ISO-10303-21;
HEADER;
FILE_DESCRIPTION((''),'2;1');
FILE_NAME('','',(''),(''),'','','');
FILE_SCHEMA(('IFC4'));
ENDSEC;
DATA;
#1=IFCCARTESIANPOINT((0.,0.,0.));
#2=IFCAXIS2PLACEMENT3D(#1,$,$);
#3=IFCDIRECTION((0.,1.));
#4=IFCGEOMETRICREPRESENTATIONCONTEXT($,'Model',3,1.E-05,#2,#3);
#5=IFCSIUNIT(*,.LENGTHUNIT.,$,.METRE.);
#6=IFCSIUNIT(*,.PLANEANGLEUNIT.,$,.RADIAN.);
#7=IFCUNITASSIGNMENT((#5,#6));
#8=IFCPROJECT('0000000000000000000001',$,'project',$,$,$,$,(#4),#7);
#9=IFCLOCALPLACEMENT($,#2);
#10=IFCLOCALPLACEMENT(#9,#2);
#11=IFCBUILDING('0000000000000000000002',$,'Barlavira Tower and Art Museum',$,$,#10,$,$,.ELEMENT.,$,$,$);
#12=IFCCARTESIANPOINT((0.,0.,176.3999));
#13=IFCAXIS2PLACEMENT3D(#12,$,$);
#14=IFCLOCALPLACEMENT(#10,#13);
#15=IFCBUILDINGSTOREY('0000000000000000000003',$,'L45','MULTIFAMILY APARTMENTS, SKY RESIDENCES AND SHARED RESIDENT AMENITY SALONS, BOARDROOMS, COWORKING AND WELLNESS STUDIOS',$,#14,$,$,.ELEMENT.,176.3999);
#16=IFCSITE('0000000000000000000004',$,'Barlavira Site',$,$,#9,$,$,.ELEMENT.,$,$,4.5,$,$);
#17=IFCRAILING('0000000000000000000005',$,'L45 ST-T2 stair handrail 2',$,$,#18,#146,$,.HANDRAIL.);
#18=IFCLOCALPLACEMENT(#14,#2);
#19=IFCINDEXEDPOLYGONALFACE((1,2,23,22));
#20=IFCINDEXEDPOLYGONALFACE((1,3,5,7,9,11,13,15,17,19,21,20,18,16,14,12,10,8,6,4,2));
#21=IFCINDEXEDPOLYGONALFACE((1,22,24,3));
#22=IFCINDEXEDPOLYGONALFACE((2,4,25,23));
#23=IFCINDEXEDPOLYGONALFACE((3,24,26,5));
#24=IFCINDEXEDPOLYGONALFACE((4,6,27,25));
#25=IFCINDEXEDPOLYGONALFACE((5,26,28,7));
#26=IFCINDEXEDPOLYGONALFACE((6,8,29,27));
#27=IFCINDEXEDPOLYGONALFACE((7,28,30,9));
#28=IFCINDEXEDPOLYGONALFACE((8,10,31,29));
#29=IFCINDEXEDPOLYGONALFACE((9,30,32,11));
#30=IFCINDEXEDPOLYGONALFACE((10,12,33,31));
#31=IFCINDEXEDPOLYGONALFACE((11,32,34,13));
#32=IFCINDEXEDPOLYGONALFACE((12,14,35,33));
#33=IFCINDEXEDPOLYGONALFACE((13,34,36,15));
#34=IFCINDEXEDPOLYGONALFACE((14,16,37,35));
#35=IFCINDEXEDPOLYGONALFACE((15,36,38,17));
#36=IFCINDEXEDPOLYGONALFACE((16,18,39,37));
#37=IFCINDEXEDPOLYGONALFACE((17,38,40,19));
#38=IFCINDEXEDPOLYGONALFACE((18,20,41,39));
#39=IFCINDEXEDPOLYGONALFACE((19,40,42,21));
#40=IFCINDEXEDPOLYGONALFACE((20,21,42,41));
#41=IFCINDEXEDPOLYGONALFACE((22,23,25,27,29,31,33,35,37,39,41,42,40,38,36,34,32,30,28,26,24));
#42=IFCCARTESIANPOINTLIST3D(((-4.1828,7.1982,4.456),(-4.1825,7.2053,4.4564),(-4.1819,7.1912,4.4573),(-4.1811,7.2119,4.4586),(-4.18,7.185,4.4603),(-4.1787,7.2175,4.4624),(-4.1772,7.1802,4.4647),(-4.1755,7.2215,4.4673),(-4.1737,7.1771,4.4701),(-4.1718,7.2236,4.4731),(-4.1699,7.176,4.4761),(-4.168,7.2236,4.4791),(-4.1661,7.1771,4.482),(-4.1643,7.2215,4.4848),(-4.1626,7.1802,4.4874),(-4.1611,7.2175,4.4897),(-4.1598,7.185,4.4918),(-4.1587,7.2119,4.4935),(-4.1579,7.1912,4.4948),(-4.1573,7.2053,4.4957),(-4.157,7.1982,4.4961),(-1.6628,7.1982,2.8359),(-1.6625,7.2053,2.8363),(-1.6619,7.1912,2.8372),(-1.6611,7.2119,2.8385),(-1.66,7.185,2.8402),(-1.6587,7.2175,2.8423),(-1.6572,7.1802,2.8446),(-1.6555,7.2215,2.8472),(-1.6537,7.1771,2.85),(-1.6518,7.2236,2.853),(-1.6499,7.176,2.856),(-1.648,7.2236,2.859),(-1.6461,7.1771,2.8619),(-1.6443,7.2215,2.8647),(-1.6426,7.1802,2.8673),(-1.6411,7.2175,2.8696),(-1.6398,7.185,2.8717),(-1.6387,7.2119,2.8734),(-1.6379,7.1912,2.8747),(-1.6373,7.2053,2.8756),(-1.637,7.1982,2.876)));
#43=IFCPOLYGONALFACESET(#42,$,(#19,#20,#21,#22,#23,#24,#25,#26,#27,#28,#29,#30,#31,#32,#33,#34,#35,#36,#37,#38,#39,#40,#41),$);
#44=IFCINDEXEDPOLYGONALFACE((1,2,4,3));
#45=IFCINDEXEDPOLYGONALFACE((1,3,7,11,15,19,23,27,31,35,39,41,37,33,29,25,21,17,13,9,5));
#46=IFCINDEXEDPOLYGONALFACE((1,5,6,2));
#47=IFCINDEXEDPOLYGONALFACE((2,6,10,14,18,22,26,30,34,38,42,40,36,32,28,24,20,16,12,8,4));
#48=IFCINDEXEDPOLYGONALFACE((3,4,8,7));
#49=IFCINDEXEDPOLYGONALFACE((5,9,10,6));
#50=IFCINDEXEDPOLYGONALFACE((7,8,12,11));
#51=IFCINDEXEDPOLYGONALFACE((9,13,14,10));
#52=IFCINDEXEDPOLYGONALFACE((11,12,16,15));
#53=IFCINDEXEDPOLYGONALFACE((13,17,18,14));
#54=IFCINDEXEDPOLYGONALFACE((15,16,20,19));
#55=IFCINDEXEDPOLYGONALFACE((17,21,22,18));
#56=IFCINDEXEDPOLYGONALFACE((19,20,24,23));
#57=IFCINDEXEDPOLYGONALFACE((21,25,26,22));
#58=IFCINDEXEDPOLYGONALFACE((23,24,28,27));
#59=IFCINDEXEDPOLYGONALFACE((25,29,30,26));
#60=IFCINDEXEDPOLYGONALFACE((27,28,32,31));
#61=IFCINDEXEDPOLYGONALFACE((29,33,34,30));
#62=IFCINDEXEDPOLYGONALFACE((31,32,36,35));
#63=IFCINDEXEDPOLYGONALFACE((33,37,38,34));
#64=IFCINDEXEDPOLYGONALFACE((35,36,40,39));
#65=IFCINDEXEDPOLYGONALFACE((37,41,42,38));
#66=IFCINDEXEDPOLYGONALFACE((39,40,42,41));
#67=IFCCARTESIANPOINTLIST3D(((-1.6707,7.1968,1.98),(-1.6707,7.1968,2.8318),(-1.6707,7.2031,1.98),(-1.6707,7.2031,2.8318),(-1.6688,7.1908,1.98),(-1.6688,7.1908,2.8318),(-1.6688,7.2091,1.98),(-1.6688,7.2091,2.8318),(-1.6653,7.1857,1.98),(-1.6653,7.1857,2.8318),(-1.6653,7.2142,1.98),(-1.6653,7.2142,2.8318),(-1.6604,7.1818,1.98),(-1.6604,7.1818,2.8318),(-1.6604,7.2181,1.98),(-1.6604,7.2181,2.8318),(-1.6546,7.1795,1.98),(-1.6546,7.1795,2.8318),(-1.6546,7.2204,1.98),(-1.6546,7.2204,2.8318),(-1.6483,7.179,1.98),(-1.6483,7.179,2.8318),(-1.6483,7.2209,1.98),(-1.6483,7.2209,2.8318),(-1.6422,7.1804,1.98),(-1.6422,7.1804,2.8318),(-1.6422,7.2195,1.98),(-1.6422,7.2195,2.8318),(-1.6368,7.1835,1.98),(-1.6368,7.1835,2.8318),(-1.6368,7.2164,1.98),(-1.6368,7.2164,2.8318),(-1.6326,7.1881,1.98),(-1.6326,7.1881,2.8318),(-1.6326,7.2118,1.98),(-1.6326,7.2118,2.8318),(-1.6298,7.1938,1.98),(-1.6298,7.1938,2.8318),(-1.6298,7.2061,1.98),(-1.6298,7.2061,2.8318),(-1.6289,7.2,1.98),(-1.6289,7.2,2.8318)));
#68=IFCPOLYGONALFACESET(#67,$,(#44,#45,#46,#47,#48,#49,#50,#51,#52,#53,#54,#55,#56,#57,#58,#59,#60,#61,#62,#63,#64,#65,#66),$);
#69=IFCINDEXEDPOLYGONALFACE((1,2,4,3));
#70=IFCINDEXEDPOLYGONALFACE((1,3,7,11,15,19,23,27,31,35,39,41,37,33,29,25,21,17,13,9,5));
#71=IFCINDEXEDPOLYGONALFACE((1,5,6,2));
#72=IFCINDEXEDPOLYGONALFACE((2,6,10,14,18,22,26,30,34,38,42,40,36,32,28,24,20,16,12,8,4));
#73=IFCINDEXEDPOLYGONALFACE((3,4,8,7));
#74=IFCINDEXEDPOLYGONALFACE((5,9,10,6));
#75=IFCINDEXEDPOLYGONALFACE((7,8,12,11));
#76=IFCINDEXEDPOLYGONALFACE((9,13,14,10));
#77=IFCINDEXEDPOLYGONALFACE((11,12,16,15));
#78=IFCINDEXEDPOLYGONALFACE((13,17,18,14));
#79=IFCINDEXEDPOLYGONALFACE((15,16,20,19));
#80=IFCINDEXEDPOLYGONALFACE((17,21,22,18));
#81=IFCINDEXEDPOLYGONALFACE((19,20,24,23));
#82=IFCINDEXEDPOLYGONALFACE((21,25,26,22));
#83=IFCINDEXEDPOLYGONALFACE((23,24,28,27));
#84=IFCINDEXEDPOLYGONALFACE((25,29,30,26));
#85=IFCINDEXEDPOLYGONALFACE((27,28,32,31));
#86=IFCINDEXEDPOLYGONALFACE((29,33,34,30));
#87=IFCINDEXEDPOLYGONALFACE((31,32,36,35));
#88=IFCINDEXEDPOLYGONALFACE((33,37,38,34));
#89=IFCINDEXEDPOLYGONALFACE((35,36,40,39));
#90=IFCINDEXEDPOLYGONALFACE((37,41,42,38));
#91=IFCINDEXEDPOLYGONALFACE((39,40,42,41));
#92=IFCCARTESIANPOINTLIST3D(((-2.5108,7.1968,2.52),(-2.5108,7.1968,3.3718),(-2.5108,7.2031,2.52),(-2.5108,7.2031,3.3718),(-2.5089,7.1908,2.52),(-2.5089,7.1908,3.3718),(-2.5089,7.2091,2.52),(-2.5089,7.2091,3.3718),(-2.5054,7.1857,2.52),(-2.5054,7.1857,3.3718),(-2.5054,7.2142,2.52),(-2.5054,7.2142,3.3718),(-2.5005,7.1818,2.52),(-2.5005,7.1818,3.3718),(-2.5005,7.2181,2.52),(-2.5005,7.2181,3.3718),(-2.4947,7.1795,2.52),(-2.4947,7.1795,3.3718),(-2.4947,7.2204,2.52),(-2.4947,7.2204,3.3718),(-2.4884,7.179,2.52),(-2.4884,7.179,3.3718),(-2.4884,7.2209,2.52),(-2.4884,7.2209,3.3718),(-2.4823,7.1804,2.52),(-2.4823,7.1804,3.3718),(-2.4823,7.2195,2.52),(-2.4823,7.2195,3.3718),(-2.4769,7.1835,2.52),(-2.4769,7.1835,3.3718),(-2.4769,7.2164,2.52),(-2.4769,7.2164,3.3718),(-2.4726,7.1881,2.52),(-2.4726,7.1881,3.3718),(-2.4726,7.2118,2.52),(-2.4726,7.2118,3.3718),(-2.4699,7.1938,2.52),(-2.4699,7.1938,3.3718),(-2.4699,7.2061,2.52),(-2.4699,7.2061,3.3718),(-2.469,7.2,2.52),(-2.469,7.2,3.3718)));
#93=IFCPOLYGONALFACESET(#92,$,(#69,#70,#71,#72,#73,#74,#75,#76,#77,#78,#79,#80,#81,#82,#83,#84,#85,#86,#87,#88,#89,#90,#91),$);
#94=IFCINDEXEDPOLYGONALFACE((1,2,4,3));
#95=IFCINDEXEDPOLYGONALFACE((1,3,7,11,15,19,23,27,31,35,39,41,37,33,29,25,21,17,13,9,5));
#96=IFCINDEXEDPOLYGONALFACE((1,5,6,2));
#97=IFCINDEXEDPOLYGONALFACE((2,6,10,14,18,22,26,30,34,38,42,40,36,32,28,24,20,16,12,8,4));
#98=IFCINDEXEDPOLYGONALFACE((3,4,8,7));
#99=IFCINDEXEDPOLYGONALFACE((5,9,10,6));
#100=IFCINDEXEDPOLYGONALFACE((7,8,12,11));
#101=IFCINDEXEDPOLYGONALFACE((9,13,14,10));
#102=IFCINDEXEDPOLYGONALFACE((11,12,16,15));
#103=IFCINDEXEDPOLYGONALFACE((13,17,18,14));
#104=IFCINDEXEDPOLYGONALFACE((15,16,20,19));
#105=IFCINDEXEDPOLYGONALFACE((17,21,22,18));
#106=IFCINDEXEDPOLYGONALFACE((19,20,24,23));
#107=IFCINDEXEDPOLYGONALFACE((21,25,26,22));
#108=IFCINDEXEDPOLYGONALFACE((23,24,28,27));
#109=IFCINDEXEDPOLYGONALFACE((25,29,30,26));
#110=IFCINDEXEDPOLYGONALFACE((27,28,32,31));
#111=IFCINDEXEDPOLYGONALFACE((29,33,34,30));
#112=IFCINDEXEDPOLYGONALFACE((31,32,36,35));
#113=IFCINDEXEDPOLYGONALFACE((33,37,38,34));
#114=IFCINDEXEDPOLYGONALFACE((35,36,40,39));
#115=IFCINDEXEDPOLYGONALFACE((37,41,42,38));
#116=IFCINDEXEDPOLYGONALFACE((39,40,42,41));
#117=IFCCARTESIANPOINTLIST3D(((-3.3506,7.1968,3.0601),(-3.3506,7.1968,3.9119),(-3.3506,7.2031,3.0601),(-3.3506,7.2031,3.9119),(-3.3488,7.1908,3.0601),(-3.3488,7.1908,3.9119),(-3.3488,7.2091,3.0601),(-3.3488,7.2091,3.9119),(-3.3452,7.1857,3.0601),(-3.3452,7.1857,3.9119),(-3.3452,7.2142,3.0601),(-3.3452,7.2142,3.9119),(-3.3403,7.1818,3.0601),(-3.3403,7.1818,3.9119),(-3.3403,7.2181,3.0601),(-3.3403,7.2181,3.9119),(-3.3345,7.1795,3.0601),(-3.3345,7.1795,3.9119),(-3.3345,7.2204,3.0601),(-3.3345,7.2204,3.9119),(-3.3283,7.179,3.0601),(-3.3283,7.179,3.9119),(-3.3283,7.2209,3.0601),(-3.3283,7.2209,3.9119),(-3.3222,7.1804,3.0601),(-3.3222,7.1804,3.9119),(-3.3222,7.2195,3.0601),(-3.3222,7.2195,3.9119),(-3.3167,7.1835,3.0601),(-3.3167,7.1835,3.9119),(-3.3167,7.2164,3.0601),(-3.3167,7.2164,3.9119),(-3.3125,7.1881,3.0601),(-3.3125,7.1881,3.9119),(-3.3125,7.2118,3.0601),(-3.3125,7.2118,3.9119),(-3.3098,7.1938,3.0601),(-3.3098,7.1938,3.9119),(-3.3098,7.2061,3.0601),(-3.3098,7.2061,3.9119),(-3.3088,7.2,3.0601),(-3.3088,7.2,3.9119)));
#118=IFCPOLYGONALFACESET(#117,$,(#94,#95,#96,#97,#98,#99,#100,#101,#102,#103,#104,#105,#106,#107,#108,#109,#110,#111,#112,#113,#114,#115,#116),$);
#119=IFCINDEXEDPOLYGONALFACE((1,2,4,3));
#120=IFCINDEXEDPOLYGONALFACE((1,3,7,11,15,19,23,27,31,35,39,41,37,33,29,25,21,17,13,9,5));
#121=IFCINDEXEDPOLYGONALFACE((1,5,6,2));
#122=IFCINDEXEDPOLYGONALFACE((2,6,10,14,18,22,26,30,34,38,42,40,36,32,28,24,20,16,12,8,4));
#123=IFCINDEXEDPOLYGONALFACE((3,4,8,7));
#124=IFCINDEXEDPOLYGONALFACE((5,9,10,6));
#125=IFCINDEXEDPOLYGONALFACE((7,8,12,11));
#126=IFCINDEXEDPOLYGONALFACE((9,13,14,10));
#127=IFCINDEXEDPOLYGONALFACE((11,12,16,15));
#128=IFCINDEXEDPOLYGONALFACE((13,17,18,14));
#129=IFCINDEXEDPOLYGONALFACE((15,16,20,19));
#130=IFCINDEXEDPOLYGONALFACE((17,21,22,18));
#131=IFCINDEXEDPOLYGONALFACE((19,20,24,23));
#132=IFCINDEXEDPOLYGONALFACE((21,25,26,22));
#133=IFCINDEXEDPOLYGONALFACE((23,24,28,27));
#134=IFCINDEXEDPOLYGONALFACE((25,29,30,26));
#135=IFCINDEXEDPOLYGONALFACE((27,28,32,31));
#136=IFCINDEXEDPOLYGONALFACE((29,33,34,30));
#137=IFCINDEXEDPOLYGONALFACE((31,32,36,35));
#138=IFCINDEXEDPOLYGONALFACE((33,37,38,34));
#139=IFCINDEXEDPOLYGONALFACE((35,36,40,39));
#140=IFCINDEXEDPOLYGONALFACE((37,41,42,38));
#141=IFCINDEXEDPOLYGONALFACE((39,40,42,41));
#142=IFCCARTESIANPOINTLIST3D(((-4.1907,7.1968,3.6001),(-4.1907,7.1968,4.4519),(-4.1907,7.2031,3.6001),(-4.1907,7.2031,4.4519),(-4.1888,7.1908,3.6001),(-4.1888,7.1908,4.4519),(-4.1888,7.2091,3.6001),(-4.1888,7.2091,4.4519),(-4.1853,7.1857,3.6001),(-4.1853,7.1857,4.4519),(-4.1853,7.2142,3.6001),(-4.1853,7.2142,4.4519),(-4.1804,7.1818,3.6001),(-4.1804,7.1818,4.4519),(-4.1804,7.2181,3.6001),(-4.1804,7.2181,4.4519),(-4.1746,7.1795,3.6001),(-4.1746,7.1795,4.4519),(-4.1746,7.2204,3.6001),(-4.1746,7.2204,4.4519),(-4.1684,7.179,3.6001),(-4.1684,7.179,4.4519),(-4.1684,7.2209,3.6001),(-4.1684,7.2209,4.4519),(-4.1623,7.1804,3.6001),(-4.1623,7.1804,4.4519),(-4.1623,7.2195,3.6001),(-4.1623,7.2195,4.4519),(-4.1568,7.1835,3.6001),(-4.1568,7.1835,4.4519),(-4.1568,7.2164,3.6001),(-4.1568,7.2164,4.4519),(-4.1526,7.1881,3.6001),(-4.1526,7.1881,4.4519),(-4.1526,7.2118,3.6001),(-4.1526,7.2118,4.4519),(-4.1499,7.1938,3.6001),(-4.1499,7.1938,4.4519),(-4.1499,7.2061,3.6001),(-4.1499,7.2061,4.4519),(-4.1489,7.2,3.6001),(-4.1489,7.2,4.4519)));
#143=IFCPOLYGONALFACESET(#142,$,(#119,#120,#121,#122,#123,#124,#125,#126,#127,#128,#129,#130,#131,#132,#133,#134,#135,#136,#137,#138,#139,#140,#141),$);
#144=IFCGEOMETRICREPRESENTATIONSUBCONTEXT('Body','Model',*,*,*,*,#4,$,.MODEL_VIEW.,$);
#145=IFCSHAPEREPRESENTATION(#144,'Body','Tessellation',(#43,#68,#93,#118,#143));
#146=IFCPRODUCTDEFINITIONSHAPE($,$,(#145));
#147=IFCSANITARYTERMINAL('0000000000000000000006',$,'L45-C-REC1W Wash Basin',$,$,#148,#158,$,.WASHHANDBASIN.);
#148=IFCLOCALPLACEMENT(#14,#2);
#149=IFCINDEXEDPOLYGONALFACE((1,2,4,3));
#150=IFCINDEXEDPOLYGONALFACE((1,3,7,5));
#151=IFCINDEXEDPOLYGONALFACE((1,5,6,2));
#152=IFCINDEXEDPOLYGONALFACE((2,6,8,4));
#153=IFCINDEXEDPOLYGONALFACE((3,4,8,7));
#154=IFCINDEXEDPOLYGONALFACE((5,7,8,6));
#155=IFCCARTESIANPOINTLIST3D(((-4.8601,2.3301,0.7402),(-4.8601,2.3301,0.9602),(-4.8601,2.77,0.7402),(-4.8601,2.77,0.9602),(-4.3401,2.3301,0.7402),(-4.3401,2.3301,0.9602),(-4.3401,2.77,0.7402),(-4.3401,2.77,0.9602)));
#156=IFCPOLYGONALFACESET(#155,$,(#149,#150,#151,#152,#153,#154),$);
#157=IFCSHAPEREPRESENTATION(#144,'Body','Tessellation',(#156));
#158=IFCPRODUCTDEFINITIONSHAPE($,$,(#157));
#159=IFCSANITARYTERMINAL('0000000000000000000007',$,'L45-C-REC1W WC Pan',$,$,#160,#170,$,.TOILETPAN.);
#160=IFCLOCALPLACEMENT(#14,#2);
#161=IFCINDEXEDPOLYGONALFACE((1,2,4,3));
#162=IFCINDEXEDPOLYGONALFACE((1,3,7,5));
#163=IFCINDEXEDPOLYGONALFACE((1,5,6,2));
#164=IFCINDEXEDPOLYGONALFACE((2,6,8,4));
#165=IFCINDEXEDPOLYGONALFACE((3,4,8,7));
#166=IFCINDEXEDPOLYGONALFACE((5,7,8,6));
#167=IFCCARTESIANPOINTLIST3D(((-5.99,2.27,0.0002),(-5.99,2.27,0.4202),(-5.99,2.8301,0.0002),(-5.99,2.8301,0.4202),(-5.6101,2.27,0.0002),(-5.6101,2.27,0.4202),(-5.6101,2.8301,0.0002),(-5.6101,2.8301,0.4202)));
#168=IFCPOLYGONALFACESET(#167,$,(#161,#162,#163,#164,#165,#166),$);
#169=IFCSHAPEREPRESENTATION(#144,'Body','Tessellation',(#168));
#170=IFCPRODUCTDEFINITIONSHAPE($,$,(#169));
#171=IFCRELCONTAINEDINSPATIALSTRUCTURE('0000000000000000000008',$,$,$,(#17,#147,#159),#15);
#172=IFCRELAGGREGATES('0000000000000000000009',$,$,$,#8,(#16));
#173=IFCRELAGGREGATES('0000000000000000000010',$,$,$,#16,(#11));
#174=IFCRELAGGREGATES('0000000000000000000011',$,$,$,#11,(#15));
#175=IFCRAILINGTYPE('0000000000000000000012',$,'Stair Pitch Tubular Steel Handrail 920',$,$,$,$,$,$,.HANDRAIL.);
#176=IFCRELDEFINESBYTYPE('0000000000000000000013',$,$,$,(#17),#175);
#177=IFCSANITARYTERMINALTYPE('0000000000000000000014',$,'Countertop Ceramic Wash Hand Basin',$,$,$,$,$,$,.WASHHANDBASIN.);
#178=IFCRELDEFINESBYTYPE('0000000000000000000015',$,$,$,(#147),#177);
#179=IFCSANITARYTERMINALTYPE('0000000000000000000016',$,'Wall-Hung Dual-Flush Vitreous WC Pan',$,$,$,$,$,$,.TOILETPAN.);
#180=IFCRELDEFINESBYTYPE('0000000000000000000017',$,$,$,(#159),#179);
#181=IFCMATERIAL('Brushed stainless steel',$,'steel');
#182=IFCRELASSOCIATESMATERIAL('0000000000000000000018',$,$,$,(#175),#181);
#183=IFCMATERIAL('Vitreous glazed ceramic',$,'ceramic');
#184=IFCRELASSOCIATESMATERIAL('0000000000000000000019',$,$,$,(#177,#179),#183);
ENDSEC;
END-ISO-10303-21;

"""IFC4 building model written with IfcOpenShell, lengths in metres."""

from ifc_helpers import new_model, si_unit, direction, frame, origin, origin_2d, place, context, subcontext, project, spatial, rectangle, circle, extrude, material, type_object, element, save


model = new_model("IFC4")

# Units and contexts
model_context = context("Model", 3, precision=1e-05, world=origin(), true_north=direction((0.0, 1.0)))
body_context = subcontext(model_context, "Body", "Model", "MODEL_VIEW")
ifc_project = project(units=[si_unit("LENGTHUNIT", "METRE"), si_unit("PLANEANGLEUNIT", "RADIAN")], contexts=[model_context])

# Site, building, storey
site_placement = place(None, origin())
site = spatial("IfcSite", under=ifc_project, at=site_placement, Name="Barlavira Site", CompositionType="ELEMENT", RefElevation=4.5)
building_placement = place(site_placement, origin())
building = spatial("IfcBuilding", under=site, at=building_placement, Name="Barlavira Tower and Art Museum", CompositionType="ELEMENT")
storey_placement = place(building_placement, frame((0.0, 0.0, 176.3999)))
storey = spatial("IfcBuildingStorey", under=building, at=storey_placement, Name="L45", Description="MULTIFAMILY APARTMENTS, SKY RESIDENCES AND SHARED RESIDENT AMENITY SALONS, BOARDROOMS, COWORKING AND WELLNESS STUDIOS", CompositionType="ELEMENT", Elevation=176.3999)

# Shared definitions
ifc_material_1 = material(Name="Brushed stainless steel", Category="steel")

# Railing
railing_type_1 = type_object("IfcRailingType", Name="Stair Pitch Tubular Steel Handrail 920", PredefinedType="HANDRAIL", material=ifc_material_1)
railing_1_placement = place(storey_placement, frame((-1.6499, 7.2, 1.98)))
element("IfcRailing", 1, at=railing_1_placement, inside=storey, type_object=railing_type_1, Name="L45 ST-T2 stair handrail 2", PredefinedType="HANDRAIL", context=body_context, shape_type="SweptSolid", body=[
    extrude(circle(Radius=0.0239, at=origin_2d()), frame((0.0, 0.0, 0.876), z_axis=(-0.841163, 0.0, 0.540782), x_axis=(0.0, -1.0, 0.0)), (0.0, 0.0, 1.0), 2.9958),
    extrude(circle(Radius=0.021, at=origin_2d()), origin(), (0.0, 0.0, 1.0), 0.8518),
    extrude(circle(Radius=0.021, at=origin_2d()), frame((-0.8401, 0.0, 0.54)), (0.0, 0.0, 1.0), 0.8518),
    extrude(circle(Radius=0.021, at=origin_2d()), frame((-1.6799, 0.0, 1.0801)), (0.0, 0.0, 1.0), 0.8518),
    extrude(circle(Radius=0.021, at=origin_2d()), frame((-2.52, 0.0, 1.6201)), (0.0, 0.0, 1.0), 0.8518),
])

# Sanitary terminals
ifc_material_2 = material(Name="Vitreous glazed ceramic", Category="ceramic")
sanitary_terminal_type_1 = type_object("IfcSanitaryTerminalType", Name="Countertop Ceramic Wash Hand Basin", PredefinedType="WASHHANDBASIN", material=ifc_material_2)
sanitary_terminal_1_placement = place(storey_placement, frame((-4.6001, 2.55, 0.7402), z_axis=(0.0, 0.0, 1.0), x_axis=(1.0, 0.0, 0.0)))
element("IfcSanitaryTerminal", 2, at=sanitary_terminal_1_placement, inside=storey, type_object=sanitary_terminal_type_1, Name="L45-C-REC1W Wash Basin", PredefinedType="WASHHANDBASIN", context=body_context, shape_type="SweptSolid", body=[
    extrude(rectangle(XDim=0.52, YDim=0.4399, at=origin_2d()), origin(), (0.0, 0.0, 1.0), 0.22),
])
sanitary_terminal_type_2 = type_object("IfcSanitaryTerminalType", Name="Wall-Hung Dual-Flush Vitreous WC Pan", PredefinedType="TOILETPAN", material=ifc_material_2)
sanitary_terminal_2_placement = place(storey_placement, frame((-5.8, 2.55, 0.0002), z_axis=(0.0, 0.0, 1.0), x_axis=(1.0, 0.0, 0.0)))
element("IfcSanitaryTerminal", 3, at=sanitary_terminal_2_placement, inside=storey, type_object=sanitary_terminal_type_2, Name="L45-C-REC1W WC Pan", PredefinedType="TOILETPAN", context=body_context, shape_type="SweptSolid", body=[
    extrude(rectangle(XDim=0.3799, YDim=0.5601, at=origin_2d()), origin(), (0.0, 0.0, 1.0), 0.4199),
])

save(model, "model.ifc")
